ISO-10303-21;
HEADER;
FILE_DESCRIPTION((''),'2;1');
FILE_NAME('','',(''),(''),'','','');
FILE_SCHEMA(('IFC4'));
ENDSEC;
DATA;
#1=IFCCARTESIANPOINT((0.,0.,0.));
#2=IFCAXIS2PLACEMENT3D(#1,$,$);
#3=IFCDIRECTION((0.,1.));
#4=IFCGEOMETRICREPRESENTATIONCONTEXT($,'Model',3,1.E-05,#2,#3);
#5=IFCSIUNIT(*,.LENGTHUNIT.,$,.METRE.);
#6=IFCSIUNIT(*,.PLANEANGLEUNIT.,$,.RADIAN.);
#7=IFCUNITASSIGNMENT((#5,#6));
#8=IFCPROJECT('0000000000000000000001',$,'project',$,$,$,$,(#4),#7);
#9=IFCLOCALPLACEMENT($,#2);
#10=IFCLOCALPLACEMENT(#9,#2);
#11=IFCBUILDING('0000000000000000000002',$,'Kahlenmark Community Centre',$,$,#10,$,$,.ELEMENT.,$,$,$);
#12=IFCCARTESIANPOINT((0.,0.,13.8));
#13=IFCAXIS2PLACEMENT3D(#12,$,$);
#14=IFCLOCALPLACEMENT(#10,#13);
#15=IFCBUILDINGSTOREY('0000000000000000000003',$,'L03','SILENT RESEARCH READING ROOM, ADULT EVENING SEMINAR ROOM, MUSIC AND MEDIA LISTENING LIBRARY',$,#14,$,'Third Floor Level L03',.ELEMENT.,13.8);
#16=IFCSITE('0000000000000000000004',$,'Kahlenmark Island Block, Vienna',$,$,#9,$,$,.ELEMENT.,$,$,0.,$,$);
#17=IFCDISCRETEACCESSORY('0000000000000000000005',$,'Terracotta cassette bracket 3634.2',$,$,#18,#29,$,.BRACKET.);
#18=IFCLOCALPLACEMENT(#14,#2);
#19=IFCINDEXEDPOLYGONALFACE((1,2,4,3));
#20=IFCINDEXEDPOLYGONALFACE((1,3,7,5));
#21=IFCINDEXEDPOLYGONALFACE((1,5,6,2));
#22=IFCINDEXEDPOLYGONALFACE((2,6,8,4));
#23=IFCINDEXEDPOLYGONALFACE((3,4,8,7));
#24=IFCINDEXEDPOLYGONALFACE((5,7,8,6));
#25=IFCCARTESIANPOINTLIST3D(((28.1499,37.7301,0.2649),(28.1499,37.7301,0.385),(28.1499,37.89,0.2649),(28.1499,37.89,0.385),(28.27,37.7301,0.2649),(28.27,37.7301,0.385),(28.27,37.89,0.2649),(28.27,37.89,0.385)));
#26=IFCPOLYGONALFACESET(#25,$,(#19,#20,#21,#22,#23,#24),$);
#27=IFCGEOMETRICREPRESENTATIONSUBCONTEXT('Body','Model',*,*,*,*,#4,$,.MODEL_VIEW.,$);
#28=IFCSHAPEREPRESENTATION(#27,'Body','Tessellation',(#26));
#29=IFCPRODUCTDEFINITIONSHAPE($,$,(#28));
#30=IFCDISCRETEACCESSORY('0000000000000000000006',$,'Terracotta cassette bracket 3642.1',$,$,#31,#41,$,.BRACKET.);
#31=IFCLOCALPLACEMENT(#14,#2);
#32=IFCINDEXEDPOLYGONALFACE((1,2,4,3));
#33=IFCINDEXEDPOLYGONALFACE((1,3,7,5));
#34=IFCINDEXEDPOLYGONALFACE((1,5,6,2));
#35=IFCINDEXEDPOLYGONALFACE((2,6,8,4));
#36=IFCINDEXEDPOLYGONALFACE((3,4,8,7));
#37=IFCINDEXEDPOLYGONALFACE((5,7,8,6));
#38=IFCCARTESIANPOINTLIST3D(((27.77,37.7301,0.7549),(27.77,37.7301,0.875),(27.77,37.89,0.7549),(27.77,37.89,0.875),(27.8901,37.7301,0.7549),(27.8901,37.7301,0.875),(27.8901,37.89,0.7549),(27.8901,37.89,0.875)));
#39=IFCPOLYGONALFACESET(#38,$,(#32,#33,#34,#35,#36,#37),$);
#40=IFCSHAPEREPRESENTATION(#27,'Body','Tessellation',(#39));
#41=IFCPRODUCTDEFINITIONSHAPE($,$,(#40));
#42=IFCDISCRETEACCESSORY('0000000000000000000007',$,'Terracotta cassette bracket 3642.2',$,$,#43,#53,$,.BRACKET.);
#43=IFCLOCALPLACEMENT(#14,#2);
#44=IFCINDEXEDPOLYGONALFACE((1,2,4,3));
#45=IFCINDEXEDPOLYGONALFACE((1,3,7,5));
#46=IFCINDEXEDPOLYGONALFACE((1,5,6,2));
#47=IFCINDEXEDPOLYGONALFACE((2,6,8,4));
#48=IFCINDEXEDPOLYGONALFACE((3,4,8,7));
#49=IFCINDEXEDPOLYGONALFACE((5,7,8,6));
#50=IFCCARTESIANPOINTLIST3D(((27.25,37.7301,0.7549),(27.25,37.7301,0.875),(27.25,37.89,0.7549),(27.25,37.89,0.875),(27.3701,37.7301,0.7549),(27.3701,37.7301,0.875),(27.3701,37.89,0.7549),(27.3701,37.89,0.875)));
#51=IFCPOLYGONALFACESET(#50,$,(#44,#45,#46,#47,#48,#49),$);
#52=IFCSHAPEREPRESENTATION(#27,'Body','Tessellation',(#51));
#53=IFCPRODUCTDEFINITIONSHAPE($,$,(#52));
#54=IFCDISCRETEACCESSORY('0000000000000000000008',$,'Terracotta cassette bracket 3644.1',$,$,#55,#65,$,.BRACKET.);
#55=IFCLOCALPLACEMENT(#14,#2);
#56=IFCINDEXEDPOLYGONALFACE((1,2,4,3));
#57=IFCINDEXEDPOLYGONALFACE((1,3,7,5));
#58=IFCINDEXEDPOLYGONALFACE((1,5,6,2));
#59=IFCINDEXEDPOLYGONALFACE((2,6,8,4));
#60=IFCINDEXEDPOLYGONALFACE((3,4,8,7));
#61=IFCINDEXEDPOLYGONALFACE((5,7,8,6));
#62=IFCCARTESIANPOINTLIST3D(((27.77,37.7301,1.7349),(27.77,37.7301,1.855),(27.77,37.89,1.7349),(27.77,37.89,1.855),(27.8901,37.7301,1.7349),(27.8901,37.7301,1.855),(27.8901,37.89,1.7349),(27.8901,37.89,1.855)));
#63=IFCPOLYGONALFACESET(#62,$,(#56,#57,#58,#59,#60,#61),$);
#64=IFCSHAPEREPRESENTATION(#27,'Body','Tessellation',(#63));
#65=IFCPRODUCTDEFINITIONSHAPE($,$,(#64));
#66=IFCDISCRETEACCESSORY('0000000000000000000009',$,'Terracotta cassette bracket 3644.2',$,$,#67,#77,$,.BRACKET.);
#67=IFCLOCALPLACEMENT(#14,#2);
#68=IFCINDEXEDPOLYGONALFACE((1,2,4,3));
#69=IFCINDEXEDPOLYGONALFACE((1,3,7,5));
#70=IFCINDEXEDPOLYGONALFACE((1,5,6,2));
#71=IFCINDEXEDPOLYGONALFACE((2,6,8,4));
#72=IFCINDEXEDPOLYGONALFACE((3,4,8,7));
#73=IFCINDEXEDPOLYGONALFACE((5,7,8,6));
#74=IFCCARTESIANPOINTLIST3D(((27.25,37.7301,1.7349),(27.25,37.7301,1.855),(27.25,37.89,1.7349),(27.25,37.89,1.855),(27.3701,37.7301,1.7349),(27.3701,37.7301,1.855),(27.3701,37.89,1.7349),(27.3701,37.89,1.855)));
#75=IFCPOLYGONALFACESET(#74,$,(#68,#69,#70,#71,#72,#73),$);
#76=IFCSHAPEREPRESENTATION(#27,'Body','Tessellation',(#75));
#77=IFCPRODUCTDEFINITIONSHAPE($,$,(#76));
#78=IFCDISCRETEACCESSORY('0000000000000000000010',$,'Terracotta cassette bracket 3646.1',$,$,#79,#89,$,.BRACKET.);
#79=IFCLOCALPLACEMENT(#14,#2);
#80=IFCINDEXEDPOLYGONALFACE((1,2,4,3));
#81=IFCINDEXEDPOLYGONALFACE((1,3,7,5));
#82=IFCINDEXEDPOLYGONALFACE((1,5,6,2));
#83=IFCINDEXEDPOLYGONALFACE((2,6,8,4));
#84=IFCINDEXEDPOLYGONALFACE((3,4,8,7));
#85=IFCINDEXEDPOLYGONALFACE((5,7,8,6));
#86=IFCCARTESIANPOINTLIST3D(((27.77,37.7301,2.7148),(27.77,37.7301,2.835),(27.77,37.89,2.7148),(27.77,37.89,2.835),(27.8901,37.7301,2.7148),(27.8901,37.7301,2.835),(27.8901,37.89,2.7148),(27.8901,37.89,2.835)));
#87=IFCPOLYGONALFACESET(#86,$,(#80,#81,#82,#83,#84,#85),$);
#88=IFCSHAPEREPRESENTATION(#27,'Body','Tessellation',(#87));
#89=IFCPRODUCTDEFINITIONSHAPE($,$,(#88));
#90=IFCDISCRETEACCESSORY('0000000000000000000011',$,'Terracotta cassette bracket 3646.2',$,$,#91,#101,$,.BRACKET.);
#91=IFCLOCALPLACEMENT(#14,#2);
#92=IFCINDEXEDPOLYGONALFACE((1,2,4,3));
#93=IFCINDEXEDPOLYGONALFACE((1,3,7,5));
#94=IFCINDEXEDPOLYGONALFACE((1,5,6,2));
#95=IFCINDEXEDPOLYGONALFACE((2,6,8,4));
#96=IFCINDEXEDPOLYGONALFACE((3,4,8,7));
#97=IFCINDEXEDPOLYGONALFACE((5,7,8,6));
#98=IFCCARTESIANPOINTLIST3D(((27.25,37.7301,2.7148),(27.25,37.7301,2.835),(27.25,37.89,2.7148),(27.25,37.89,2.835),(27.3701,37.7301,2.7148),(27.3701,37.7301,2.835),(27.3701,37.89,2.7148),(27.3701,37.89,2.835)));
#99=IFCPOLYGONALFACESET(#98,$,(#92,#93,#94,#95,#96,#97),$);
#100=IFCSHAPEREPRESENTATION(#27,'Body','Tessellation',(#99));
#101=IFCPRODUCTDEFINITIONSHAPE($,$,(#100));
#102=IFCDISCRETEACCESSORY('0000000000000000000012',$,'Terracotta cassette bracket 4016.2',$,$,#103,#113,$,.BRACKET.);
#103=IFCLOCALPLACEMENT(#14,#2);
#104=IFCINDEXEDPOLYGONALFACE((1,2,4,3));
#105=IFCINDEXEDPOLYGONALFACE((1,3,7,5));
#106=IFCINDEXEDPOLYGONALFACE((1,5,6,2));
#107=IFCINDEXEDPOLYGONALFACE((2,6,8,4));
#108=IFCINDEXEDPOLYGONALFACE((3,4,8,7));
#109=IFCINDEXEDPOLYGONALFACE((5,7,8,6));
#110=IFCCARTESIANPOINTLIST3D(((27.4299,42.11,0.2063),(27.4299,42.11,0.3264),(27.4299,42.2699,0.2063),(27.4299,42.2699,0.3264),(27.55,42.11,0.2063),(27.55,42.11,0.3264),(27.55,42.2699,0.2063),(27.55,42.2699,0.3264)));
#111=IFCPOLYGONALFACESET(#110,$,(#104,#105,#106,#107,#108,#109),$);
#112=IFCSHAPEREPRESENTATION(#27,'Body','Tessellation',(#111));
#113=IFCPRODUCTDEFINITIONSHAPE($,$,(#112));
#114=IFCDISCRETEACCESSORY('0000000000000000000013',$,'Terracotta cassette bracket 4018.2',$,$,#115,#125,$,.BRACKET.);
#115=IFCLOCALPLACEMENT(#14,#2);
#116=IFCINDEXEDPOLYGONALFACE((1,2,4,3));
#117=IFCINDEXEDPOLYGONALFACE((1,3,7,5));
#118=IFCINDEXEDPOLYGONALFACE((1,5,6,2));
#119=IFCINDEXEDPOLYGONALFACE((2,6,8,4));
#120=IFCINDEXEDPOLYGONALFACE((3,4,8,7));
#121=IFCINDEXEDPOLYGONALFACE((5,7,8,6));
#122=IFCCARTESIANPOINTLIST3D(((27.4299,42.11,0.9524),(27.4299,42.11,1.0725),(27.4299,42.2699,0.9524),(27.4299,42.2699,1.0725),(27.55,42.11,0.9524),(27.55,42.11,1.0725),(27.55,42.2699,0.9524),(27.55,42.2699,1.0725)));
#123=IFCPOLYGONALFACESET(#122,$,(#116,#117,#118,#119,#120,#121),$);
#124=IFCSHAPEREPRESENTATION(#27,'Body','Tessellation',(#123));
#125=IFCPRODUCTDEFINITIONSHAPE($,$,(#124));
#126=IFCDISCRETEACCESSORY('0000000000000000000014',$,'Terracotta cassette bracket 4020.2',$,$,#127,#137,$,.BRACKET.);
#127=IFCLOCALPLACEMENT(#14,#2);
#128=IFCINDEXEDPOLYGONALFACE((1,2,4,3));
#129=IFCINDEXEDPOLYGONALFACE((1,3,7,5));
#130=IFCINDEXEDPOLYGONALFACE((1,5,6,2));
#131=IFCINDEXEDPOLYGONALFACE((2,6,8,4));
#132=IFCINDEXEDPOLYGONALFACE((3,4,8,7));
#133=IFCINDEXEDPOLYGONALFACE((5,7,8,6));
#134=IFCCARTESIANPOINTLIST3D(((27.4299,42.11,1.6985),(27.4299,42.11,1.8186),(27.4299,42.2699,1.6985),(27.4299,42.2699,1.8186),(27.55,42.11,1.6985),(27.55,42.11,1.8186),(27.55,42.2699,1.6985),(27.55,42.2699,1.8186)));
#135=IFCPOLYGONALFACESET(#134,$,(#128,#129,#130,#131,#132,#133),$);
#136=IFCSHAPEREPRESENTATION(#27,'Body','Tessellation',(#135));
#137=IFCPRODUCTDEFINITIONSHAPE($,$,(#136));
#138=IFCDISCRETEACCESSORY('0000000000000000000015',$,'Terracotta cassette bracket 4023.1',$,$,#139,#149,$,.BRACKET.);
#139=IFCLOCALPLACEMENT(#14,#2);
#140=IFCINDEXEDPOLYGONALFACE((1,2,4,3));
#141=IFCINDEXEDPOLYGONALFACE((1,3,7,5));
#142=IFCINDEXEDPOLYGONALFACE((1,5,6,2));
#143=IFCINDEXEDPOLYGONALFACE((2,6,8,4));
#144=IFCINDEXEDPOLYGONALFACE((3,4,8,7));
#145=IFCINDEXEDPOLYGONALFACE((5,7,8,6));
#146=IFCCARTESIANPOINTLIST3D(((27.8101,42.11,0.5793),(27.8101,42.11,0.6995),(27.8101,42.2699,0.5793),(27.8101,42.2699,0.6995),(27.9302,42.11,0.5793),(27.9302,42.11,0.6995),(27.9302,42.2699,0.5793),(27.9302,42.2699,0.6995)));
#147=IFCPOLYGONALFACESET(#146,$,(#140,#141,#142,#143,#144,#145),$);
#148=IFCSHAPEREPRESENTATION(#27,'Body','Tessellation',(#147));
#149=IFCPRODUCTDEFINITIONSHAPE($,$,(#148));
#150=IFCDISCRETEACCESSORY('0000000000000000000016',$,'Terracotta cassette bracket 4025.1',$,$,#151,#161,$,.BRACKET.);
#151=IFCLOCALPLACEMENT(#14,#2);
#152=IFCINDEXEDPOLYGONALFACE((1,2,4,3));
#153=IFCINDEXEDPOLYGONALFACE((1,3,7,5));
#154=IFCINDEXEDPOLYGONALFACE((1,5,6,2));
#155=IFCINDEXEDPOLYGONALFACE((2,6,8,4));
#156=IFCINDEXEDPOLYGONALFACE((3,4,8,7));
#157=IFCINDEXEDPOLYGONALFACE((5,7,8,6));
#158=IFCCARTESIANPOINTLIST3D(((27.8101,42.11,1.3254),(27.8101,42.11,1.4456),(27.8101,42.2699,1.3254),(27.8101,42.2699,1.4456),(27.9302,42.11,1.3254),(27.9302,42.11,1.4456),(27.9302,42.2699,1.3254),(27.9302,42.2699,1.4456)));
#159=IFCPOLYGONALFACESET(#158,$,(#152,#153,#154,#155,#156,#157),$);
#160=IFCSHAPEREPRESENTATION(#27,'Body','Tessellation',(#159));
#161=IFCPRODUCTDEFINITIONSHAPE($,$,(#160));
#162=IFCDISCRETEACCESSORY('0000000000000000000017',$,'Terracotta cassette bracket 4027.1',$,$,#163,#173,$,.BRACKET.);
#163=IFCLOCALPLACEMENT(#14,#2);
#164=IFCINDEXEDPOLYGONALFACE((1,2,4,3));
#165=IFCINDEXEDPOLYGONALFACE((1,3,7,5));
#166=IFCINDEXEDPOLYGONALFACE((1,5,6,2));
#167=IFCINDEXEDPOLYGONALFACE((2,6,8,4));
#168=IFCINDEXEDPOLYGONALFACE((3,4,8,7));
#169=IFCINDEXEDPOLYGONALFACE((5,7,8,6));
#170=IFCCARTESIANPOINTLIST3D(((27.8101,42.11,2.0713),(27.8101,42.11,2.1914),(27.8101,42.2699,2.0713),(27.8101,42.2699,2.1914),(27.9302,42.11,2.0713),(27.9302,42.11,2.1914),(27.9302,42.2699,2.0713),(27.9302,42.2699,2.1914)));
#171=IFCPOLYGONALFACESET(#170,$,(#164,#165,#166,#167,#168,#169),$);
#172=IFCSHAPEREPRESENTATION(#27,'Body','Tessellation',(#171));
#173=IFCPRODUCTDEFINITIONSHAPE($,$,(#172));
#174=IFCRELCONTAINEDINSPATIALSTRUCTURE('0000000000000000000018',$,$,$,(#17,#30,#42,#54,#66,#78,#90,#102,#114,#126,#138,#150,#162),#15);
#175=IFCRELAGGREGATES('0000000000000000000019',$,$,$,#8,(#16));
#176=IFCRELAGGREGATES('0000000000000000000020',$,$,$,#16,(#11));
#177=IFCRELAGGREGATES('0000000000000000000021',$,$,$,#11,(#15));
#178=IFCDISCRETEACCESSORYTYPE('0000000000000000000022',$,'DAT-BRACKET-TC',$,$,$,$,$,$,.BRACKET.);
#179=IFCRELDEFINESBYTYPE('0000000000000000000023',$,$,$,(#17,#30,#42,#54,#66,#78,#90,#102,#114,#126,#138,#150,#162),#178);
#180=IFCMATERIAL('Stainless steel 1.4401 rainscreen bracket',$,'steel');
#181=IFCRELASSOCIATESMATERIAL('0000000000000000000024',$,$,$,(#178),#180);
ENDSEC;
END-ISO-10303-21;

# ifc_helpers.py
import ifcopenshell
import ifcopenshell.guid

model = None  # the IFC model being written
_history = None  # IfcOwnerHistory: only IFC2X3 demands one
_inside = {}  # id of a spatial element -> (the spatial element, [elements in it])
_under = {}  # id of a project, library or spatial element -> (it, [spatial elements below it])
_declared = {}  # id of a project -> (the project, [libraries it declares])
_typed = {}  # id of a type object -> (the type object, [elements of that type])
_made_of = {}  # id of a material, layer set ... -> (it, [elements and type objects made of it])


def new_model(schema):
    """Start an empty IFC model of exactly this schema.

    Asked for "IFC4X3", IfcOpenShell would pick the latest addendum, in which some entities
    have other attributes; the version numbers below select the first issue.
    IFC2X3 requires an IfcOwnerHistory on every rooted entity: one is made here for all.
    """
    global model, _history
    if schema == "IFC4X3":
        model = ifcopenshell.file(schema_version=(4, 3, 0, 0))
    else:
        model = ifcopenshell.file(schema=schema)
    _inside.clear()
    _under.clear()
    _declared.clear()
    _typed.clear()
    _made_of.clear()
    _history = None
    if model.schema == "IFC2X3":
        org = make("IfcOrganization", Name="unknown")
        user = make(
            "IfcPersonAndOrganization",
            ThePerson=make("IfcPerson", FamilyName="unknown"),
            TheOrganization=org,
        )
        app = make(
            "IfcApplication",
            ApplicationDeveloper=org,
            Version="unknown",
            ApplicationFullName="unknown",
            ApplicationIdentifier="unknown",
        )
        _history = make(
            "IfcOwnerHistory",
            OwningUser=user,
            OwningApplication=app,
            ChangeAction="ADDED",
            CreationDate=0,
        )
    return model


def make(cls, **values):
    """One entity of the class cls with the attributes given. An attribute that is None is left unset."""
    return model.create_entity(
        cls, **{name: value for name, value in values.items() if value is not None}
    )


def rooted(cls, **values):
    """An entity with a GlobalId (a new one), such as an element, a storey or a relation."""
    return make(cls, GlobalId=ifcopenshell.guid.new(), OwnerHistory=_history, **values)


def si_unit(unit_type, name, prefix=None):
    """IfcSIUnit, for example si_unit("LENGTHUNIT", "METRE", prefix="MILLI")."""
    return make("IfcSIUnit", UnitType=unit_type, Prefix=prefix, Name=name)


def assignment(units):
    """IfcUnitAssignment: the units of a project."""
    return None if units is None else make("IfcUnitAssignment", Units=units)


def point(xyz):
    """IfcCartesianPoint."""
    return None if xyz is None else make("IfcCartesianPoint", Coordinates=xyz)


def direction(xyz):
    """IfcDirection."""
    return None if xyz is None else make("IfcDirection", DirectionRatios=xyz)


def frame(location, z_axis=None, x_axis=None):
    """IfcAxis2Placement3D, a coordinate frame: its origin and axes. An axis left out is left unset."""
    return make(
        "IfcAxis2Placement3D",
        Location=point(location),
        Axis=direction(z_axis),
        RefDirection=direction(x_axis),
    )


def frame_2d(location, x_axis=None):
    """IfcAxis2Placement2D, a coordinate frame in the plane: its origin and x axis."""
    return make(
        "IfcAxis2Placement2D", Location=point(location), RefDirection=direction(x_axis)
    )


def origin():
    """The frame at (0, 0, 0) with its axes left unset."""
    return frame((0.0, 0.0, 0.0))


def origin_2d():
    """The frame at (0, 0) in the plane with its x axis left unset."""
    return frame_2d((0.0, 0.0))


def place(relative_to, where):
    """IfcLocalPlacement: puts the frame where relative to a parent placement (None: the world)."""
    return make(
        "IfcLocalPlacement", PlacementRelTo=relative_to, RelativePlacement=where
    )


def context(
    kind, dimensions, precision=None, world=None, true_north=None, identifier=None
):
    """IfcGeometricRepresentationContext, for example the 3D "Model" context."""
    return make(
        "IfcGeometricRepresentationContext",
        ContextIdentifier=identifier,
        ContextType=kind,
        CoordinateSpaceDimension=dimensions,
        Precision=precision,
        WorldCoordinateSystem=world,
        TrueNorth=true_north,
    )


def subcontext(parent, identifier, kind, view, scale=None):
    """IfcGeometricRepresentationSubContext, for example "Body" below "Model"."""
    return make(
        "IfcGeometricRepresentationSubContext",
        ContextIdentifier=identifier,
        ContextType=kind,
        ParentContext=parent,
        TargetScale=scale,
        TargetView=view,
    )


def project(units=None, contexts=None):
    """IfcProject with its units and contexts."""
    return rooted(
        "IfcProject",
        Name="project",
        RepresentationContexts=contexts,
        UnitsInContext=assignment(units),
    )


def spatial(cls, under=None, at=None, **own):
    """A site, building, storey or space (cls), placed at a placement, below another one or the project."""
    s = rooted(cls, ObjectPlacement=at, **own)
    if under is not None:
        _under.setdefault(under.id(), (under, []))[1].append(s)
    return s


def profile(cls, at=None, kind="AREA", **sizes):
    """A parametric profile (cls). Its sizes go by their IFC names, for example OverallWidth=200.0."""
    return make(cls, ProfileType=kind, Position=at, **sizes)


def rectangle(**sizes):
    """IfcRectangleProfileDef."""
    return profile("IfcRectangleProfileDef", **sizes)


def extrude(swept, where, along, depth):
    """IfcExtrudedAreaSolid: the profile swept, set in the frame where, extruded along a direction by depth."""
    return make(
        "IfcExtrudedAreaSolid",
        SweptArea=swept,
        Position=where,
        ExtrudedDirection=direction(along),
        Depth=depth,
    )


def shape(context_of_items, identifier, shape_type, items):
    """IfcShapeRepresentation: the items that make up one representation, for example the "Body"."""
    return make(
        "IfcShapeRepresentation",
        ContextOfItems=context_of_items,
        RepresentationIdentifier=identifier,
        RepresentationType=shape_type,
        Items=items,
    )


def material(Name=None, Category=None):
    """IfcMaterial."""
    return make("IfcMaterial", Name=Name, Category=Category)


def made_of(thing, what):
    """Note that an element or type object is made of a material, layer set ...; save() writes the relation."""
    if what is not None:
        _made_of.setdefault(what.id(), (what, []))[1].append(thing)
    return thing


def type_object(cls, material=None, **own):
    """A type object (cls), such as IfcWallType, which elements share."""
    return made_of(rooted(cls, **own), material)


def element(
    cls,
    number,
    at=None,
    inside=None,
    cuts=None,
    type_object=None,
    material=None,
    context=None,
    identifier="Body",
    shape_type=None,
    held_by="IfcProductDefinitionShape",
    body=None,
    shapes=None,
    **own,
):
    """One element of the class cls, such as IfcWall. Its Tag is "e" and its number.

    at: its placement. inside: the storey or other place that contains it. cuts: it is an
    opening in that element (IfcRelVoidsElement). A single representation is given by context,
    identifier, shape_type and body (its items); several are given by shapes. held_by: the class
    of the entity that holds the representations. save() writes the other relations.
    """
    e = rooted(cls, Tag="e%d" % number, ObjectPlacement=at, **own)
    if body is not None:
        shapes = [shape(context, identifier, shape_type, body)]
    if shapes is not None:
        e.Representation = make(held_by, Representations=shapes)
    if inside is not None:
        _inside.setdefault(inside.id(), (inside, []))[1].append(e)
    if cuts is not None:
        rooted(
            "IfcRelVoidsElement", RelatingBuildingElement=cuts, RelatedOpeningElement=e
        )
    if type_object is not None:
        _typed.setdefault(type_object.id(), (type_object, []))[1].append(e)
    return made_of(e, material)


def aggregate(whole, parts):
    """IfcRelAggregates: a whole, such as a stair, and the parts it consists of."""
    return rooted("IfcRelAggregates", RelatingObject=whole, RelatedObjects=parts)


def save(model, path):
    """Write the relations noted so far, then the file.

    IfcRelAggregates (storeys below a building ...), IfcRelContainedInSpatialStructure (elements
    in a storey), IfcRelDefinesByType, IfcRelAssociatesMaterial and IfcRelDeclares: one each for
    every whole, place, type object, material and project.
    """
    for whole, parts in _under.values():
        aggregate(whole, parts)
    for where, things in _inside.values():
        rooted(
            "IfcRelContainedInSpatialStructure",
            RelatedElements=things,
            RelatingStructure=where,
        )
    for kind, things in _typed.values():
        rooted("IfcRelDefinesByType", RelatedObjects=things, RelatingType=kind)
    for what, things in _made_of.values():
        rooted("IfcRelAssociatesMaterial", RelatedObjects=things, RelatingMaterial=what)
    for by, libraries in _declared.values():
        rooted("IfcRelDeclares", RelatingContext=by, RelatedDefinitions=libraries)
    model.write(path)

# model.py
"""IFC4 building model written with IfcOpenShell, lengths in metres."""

from ifc_helpers import new_model, si_unit, direction, frame, origin, origin_2d, place, context, subcontext, project, spatial, rectangle, extrude, material, type_object, element, save


model = new_model("IFC4")

# Units and contexts
model_context = context("Model", 3, precision=1e-05, world=origin(), true_north=direction((0.0, 1.0)))
body_context = subcontext(model_context, "Body", "Model", "MODEL_VIEW")
ifc_project = project(units=[si_unit("LENGTHUNIT", "METRE"), si_unit("PLANEANGLEUNIT", "RADIAN")], contexts=[model_context])

# Site, building, storey
site_placement = place(None, origin())
site = spatial("IfcSite", under=ifc_project, at=site_placement, Name="Kahlenmark Island Block, Vienna", CompositionType="ELEMENT", RefElevation=0.0)
building_placement = place(site_placement, origin())
building = spatial("IfcBuilding", under=site, at=building_placement, Name="Kahlenmark Community Centre", CompositionType="ELEMENT")
storey_placement = place(building_placement, frame((0.0, 0.0, 13.8)))
storey = spatial("IfcBuildingStorey", under=building, at=storey_placement, Name="L03", Description="SILENT RESEARCH READING ROOM, ADULT EVENING SEMINAR ROOM, MUSIC AND MEDIA LISTENING LIBRARY", LongName="Third Floor Level L03", CompositionType="ELEMENT", Elevation=13.8)

# Discrete accessories
ifc_material_1 = material(Name="Stainless steel 1.4401 rainscreen bracket", Category="steel")
discrete_accessory_type = type_object("IfcDiscreteAccessoryType", Name="DAT-BRACKET-TC", PredefinedType="BRACKET", material=ifc_material_1)
for number, where, z_axis, x_axis, name in (
    (1, (28.21, 37.8101, 0.2649), (0.0, 0.0, 1.0), (-1.0, 0.0, 0.0), "Terracotta cassette bracket 3634.2"),
    (2, (27.8301, 37.8101, 0.7549), (0.0, 0.0, 1.0), (-1.0, 0.0, 0.0), "Terracotta cassette bracket 3642.1"),
    (3, (27.3101, 37.8101, 0.7549), (0.0, 0.0, 1.0), (-1.0, 0.0, 0.0), "Terracotta cassette bracket 3642.2"),
    (4, (27.8301, 37.8101, 1.7349), (0.0, 0.0, 1.0), (-1.0, 0.0, 0.0), "Terracotta cassette bracket 3644.1"),
    (5, (27.3101, 37.8101, 1.7349), (0.0, 0.0, 1.0), (-1.0, 0.0, 0.0), "Terracotta cassette bracket 3644.2"),
    (6, (27.8301, 37.8101, 2.7148), (0.0, 0.0, 1.0), (-1.0, 0.0, 0.0), "Terracotta cassette bracket 3646.1"),
    (7, (27.3101, 37.8101, 2.7148), (0.0, 0.0, 1.0), (-1.0, 0.0, 0.0), "Terracotta cassette bracket 3646.2"),
    (8, (27.49, 42.1899, 0.2063), (0.0, 0.0, 1.0), (1.0, 0.0, 0.0), "Terracotta cassette bracket 4016.2"),
    (9, (27.49, 42.1899, 0.9524), (0.0, 0.0, 1.0), (1.0, 0.0, 0.0), "Terracotta cassette bracket 4018.2"),
    (10, (27.49, 42.1899, 1.6985), (0.0, 0.0, 1.0), (1.0, 0.0, 0.0), "Terracotta cassette bracket 4020.2"),
    (11, (27.8701, 42.1899, 0.5793), (0.0, 0.0, 1.0), (1.0, 0.0, 0.0), "Terracotta cassette bracket 4023.1"),
    (12, (27.8701, 42.1899, 1.3254), (0.0, 0.0, 1.0), (1.0, 0.0, 0.0), "Terracotta cassette bracket 4025.1"),
    (13, (27.8701, 42.1899, 2.0713), (0.0, 0.0, 1.0), (1.0, 0.0, 0.0), "Terracotta cassette bracket 4027.1"),
):
    element("IfcDiscreteAccessory", number, at=place(storey_placement, frame(where, z_axis=z_axis, x_axis=x_axis)), inside=storey, type_object=discrete_accessory_type, Name=name, PredefinedType="BRACKET", context=body_context, shape_type="SweptSolid", body=[
        extrude(rectangle(XDim=0.1201, YDim=0.1599, at=origin_2d()), origin(), (0.0, 0.0, 1.0), 0.1201),
    ])

save(model, "model.ifc")
